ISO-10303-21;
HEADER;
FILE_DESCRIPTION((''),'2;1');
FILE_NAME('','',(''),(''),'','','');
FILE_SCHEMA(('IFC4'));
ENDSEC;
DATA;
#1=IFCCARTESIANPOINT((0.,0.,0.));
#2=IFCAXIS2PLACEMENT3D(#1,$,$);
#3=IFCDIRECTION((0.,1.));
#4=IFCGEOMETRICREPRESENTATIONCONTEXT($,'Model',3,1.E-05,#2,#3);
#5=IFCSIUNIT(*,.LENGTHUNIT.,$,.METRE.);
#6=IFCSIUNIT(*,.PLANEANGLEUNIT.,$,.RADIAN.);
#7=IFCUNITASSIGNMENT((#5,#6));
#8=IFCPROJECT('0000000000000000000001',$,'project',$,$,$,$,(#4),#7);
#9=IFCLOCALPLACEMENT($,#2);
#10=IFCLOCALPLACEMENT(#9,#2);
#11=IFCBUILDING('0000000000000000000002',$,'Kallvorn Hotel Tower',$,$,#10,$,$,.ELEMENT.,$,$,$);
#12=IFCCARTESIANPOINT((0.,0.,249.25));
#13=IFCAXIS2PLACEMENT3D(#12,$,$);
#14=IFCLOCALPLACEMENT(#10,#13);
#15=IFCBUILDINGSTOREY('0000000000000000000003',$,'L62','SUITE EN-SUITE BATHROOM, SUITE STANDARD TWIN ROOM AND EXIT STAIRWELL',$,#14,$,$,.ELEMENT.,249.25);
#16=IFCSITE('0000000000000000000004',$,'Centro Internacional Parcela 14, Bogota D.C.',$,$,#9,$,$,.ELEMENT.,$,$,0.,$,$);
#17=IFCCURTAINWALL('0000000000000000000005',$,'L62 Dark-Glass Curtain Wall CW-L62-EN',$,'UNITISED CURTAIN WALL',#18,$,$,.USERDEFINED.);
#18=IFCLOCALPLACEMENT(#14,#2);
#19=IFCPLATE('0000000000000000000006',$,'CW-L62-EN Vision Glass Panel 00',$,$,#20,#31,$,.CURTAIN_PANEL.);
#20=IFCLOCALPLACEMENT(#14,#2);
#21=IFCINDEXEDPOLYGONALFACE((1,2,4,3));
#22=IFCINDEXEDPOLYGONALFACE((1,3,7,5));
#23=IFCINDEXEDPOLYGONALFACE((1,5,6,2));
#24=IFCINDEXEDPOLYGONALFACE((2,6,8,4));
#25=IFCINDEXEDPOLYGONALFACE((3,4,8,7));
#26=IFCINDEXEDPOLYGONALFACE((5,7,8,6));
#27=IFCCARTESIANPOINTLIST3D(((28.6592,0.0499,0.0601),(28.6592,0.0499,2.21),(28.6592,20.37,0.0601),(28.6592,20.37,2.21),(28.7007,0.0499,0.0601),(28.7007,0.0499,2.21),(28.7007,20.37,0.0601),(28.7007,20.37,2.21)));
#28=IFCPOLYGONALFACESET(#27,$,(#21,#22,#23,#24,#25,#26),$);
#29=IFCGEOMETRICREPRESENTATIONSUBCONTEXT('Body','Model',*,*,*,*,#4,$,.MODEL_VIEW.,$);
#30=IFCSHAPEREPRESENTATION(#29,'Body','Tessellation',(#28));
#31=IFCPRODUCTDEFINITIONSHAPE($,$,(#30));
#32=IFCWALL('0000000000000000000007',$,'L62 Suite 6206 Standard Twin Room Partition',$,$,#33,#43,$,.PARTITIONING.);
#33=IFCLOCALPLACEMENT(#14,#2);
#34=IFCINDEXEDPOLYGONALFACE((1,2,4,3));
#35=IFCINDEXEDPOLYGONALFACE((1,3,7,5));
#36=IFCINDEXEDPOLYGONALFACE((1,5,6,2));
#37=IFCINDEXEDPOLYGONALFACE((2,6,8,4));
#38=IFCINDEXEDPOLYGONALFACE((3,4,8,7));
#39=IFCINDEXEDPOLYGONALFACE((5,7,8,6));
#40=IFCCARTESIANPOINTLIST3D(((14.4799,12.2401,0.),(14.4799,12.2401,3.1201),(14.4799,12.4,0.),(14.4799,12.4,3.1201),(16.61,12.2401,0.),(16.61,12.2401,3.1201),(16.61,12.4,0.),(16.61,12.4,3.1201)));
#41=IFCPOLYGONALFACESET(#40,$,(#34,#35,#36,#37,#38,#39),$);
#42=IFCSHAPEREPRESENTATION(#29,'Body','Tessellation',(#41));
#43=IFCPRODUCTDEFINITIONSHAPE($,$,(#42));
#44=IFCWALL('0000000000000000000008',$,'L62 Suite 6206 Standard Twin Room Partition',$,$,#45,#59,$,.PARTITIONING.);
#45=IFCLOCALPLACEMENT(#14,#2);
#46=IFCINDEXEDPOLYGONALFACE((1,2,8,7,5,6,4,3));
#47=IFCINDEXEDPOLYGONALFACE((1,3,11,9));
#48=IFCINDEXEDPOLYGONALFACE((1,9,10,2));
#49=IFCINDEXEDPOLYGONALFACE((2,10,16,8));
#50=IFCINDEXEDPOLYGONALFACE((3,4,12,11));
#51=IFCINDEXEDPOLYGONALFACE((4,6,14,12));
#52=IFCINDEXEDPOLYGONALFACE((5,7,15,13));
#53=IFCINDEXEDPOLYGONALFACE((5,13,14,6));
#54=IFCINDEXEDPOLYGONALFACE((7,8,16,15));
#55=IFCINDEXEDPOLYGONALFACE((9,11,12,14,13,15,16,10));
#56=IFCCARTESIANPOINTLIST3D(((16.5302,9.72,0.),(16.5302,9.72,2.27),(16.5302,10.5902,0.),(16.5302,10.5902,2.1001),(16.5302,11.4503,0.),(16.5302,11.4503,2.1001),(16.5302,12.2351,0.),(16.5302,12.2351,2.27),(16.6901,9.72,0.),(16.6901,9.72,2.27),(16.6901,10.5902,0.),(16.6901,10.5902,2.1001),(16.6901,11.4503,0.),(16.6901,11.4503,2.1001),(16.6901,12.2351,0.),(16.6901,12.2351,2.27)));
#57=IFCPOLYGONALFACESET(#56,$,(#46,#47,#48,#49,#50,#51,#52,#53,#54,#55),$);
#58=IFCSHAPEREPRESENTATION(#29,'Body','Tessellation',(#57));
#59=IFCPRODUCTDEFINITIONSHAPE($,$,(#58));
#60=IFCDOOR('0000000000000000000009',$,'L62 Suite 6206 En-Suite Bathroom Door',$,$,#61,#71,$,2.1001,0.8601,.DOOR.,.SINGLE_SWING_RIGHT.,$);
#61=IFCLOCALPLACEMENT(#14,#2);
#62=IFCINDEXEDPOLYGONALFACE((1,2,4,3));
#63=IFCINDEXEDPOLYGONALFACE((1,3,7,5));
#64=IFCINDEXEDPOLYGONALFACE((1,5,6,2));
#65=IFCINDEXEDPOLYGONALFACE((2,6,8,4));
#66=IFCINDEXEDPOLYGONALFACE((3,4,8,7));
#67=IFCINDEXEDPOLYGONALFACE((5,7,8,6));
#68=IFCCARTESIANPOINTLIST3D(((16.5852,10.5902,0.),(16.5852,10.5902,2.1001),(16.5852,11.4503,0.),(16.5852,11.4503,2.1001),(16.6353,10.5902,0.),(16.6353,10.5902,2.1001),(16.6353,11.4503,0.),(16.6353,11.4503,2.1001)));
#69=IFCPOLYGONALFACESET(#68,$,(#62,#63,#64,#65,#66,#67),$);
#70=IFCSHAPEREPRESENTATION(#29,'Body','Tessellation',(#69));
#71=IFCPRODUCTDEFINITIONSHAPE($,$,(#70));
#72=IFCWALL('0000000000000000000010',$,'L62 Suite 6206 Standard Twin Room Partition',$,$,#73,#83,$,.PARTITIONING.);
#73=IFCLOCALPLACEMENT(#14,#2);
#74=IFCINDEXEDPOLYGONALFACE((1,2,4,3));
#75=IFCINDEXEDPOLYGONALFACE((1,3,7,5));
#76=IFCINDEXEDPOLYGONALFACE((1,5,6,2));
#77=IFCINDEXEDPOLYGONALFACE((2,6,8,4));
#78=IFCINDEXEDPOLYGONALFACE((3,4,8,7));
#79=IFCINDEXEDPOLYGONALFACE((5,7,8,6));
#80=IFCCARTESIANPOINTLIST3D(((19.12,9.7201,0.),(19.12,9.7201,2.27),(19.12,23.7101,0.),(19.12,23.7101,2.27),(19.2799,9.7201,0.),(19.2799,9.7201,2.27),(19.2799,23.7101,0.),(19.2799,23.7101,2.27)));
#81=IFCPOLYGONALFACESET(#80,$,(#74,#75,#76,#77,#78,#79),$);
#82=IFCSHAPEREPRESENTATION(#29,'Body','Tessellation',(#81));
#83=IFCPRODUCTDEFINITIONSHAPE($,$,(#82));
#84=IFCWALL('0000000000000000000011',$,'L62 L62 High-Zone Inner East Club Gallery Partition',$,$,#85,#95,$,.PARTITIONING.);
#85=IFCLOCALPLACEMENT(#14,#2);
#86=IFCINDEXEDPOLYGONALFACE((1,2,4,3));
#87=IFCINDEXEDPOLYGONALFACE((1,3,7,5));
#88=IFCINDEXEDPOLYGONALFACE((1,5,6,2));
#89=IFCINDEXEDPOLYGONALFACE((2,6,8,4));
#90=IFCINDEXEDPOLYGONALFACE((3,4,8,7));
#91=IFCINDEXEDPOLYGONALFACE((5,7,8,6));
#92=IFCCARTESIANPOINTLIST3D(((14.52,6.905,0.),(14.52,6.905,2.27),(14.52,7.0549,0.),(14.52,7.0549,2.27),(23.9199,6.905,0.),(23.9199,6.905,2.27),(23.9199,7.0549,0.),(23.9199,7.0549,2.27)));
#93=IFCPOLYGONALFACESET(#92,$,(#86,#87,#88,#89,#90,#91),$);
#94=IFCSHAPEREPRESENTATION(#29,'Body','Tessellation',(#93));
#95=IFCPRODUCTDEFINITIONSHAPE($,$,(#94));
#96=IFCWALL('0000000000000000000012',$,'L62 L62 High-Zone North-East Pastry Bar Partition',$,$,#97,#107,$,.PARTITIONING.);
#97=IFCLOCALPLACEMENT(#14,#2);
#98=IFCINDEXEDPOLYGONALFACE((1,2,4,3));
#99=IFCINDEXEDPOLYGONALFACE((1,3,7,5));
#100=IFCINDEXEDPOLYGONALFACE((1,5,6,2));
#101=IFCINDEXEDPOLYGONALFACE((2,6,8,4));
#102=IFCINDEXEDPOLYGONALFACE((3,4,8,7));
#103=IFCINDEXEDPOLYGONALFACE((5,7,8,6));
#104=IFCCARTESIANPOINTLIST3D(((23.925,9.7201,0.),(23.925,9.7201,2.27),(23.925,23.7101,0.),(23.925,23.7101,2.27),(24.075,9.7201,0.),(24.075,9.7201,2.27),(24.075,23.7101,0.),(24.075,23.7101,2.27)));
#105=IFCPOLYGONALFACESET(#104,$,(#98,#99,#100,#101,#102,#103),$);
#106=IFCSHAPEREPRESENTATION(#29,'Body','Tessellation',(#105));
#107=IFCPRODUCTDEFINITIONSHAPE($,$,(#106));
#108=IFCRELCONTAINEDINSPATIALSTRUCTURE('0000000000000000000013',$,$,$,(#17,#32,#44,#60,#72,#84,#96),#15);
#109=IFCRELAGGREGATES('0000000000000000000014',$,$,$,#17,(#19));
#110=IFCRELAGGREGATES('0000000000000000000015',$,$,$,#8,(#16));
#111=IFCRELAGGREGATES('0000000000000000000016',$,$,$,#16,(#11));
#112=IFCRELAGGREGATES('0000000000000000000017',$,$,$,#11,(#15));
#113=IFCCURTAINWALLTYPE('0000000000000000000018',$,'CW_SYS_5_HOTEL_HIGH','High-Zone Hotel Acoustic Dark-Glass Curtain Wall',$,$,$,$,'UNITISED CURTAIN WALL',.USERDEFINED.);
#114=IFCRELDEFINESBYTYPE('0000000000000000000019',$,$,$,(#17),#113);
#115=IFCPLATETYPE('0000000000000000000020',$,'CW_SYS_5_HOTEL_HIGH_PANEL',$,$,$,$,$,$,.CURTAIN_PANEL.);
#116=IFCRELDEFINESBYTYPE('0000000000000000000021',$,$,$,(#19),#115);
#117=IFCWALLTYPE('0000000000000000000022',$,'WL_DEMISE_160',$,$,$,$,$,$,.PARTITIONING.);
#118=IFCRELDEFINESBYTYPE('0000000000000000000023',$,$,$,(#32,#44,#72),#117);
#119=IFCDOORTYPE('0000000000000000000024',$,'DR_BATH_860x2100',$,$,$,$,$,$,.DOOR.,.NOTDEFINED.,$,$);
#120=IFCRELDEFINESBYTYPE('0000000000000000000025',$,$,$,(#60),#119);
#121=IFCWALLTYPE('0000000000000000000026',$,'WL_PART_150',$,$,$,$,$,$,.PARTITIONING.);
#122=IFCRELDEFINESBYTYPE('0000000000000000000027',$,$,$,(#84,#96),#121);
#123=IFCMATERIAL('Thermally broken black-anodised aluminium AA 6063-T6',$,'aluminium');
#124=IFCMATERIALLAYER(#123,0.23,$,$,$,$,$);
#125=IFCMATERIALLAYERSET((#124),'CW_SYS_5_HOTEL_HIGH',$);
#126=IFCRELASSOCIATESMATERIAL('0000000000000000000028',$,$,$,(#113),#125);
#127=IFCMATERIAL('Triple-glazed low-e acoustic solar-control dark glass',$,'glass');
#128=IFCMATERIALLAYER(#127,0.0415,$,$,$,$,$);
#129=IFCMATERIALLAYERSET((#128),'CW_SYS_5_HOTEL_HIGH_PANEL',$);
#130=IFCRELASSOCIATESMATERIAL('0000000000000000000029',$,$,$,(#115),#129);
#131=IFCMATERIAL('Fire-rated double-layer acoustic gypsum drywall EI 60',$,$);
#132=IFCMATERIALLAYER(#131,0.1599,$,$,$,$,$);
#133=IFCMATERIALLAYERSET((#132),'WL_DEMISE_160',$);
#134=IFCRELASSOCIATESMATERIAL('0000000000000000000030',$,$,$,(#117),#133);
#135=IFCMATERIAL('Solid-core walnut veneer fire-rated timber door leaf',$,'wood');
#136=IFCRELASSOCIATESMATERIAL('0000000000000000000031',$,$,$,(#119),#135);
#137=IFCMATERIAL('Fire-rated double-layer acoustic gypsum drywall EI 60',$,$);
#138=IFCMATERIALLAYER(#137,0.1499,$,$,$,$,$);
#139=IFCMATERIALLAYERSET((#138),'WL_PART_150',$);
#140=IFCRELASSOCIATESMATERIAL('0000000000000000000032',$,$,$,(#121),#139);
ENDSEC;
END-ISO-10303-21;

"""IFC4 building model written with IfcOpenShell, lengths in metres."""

from ifc_helpers import new_model, si_unit, direction, frame, frame_2d, origin, origin_2d, place, context, subcontext, project, spatial, rectangle, extrude, material, layer, layer_set, type_object, element, fill, aggregate, save


model = new_model("IFC4")

# Units and contexts
model_context = context("Model", 3, precision=1e-05, world=origin(), true_north=direction((0.0, 1.0)))
body_context = subcontext(model_context, "Body", "Model", "MODEL_VIEW")
ifc_project = project(units=[si_unit("LENGTHUNIT", "METRE"), si_unit("PLANEANGLEUNIT", "RADIAN")], contexts=[model_context])

# Site, building, storey
site_placement = place(None, origin())
site = spatial("IfcSite", under=ifc_project, at=site_placement, Name="Centro Internacional Parcela 14, Bogota D.C.", CompositionType="ELEMENT", RefElevation=0.0)
building_placement = place(site_placement, origin())
building = spatial("IfcBuilding", under=site, at=building_placement, Name="Kallvorn Hotel Tower", CompositionType="ELEMENT")
storey_placement = place(building_placement, frame((0.0, 0.0, 249.25)))
storey = spatial("IfcBuildingStorey", under=building, at=storey_placement, Name="L62", Description="SUITE EN-SUITE BATHROOM, SUITE STANDARD TWIN ROOM AND EXIT STAIRWELL", CompositionType="ELEMENT", Elevation=249.25)

# Curtain wall, plate
ifc_material_1 = material(Name="Thermally broken black-anodised aluminium AA 6063-T6", Category="aluminium")
ifc_layer_1 = layer(ifc_material_1, 0.23)
ifc_layer_set_1 = layer_set([ifc_layer_1], Name="CW_SYS_5_HOTEL_HIGH")
curtain_wall_type = type_object("IfcCurtainWallType", Name="CW_SYS_5_HOTEL_HIGH", Description="High-Zone Hotel Acoustic Dark-Glass Curtain Wall", ElementType="UNITISED CURTAIN WALL", PredefinedType="USERDEFINED", material=ifc_layer_set_1)
curtain_wall_placement = place(storey_placement, origin())
curtain_wall = element("IfcCurtainWall", 1, at=curtain_wall_placement, inside=storey, type_object=curtain_wall_type, Name="L62 Dark-Glass Curtain Wall CW-L62-EN", ObjectType="UNITISED CURTAIN WALL", PredefinedType="USERDEFINED")
ifc_material_2 = material(Name="Triple-glazed low-e acoustic solar-control dark glass", Category="glass")
ifc_layer_2 = layer(ifc_material_2, 0.0415)
ifc_layer_set_2 = layer_set([ifc_layer_2], Name="CW_SYS_5_HOTEL_HIGH_PANEL")
plate_type = type_object("IfcPlateType", Name="CW_SYS_5_HOTEL_HIGH_PANEL", PredefinedType="CURTAIN_PANEL", material=ifc_layer_set_2)
plate_placement = place(storey_placement, frame((28.6799, 10.21, 0.0601), z_axis=(0.0, 0.0, 1.0), x_axis=(0.0, 1.0, 0.0)))
plate = element("IfcPlate", 2, at=plate_placement, type_object=plate_type, Name="CW-L62-EN Vision Glass Panel 00", PredefinedType="CURTAIN_PANEL", context=body_context, shape_type="SweptSolid", body=[
    extrude(rectangle(XDim=20.3201, YDim=0.0415, at=origin_2d()), origin(), (0.0, 0.0, 1.0), 2.1499),
])
aggregate(curtain_wall, [plate])

# Wall
ifc_material_3 = material(Name="Fire-rated double-layer acoustic gypsum drywall EI 60")
ifc_layer_3 = layer(ifc_material_3, 0.1599)
ifc_layer_set_3 = layer_set([ifc_layer_3], Name="WL_DEMISE_160")
wall_type_1 = type_object("IfcWallType", Name="WL_DEMISE_160", PredefinedType="PARTITIONING", material=ifc_layer_set_3)
wall_1_placement = place(storey_placement, frame((14.48, 12.3201, 0.0), z_axis=(0.0, 0.0, 1.0), x_axis=(1.0, 0.0, 0.0)))
element("IfcWall", 3, at=wall_1_placement, inside=storey, type_object=wall_type_1, Name="L62 Suite 6206 Standard Twin Room Partition", PredefinedType="PARTITIONING", context=body_context, shape_type="SweptSolid", body=[
    extrude(rectangle(XDim=2.1301, YDim=0.1599, at=frame_2d((1.0649, 0.0))), origin(), (0.0, 0.0, 1.0), 3.1201),
])

# Wall, opening, door
wall_2_placement = place(storey_placement, frame((16.6101, 9.72, 0.0), z_axis=(0.0, 0.0, 1.0), x_axis=(0.0, 1.0, 0.0)))
wall_2 = element("IfcWall", 4, at=wall_2_placement, inside=storey, type_object=wall_type_1, Name="L62 Suite 6206 Standard Twin Room Partition", PredefinedType="PARTITIONING", context=body_context, shape_type="SweptSolid", body=[
    extrude(rectangle(XDim=2.5151, YDim=0.1599, at=frame_2d((1.2576, 0.0))), origin(), (0.0, 0.0, 1.0), 2.27),
])
opening_placement = place(wall_2_placement, frame((0.8701, 0.0, 0.0)))
opening = element("IfcOpeningElement", 5, at=opening_placement, cuts=wall_2, PredefinedType="OPENING", context=body_context, shape_type="SweptSolid", body=[
    extrude(rectangle(XDim=0.8601, YDim=2.1001, at=frame_2d((0.4302, 1.05))), frame((0.0, 0.095, 0.0), z_axis=(0.0, -1.0, 0.0), x_axis=(1.0, 0.0, 0.0)), (0.0, 0.0, 1.0), 0.1899),
])
ifc_material_4 = material(Name="Solid-core walnut veneer fire-rated timber door leaf", Category="wood")
door_type = type_object("IfcDoorType", Name="DR_BATH_860x2100", OperationType="NOTDEFINED", PredefinedType="DOOR", material=ifc_material_4)
door_placement = place(opening_placement, origin())
door = element("IfcDoor", 6, at=door_placement, inside=storey, type_object=door_type, Name="L62 Suite 6206 En-Suite Bathroom Door", OperationType="SINGLE_SWING_RIGHT", OverallHeight=2.1001, OverallWidth=0.8601, PredefinedType="DOOR", context=body_context, shape_type="SweptSolid", body=[
    extrude(rectangle(XDim=0.8601, YDim=2.1001, at=frame_2d((0.4302, 1.05))), frame((0.0, 0.0249, 0.0), z_axis=(0.0, -1.0, 0.0), x_axis=(1.0, 0.0, 0.0)), (0.0, 0.0, 1.0), 0.05),
])
fill(opening, door)

# Walls
wall_3_placement = place(storey_placement, frame((19.2, 9.72, 0.0), z_axis=(0.0, 0.0, 1.0), x_axis=(0.0, 1.0, 0.0)))
element("IfcWall", 7, at=wall_3_placement, inside=storey, type_object=wall_type_1, Name="L62 Suite 6206 Standard Twin Room Partition", PredefinedType="PARTITIONING", context=body_context, shape_type="SweptSolid", body=[
    extrude(rectangle(XDim=13.99, YDim=0.1599, at=frame_2d((6.9951, 0.0))), origin(), (0.0, 0.0, 1.0), 2.27),
])
ifc_material_5 = material(Name="Fire-rated double-layer acoustic gypsum drywall EI 60")
ifc_layer_4 = layer(ifc_material_5, 0.1499)
ifc_layer_set_4 = layer_set([ifc_layer_4], Name="WL_PART_150")
wall_type_2 = type_object("IfcWallType", Name="WL_PART_150", PredefinedType="PARTITIONING", material=ifc_layer_set_4)
wall_4_placement = place(storey_placement, frame((14.52, 6.98, 0.0), z_axis=(0.0, 0.0, 1.0), x_axis=(1.0, 0.0, 0.0)))
element("IfcWall", 8, at=wall_4_placement, inside=storey, type_object=wall_type_2, Name="L62 L62 High-Zone Inner East Club Gallery Partition", PredefinedType="PARTITIONING", context=body_context, shape_type="SweptSolid", body=[
    extrude(rectangle(XDim=9.3999, YDim=0.1499, at=frame_2d((4.7, 0.0))), origin(), (0.0, 0.0, 1.0), 2.27),
])
wall_5_placement = place(storey_placement, frame((24.0, 9.72, 0.0), z_axis=(0.0, 0.0, 1.0), x_axis=(0.0, 1.0, 0.0)))
element("IfcWall", 9, at=wall_5_placement, inside=storey, type_object=wall_type_2, Name="L62 L62 High-Zone North-East Pastry Bar Partition", PredefinedType="PARTITIONING", context=body_context, shape_type="SweptSolid", body=[
    extrude(rectangle(XDim=13.99, YDim=0.1499, at=frame_2d((6.9951, 0.0))), origin(), (0.0, 0.0, 1.0), 2.27),
])

save(model, "model.ifc")
